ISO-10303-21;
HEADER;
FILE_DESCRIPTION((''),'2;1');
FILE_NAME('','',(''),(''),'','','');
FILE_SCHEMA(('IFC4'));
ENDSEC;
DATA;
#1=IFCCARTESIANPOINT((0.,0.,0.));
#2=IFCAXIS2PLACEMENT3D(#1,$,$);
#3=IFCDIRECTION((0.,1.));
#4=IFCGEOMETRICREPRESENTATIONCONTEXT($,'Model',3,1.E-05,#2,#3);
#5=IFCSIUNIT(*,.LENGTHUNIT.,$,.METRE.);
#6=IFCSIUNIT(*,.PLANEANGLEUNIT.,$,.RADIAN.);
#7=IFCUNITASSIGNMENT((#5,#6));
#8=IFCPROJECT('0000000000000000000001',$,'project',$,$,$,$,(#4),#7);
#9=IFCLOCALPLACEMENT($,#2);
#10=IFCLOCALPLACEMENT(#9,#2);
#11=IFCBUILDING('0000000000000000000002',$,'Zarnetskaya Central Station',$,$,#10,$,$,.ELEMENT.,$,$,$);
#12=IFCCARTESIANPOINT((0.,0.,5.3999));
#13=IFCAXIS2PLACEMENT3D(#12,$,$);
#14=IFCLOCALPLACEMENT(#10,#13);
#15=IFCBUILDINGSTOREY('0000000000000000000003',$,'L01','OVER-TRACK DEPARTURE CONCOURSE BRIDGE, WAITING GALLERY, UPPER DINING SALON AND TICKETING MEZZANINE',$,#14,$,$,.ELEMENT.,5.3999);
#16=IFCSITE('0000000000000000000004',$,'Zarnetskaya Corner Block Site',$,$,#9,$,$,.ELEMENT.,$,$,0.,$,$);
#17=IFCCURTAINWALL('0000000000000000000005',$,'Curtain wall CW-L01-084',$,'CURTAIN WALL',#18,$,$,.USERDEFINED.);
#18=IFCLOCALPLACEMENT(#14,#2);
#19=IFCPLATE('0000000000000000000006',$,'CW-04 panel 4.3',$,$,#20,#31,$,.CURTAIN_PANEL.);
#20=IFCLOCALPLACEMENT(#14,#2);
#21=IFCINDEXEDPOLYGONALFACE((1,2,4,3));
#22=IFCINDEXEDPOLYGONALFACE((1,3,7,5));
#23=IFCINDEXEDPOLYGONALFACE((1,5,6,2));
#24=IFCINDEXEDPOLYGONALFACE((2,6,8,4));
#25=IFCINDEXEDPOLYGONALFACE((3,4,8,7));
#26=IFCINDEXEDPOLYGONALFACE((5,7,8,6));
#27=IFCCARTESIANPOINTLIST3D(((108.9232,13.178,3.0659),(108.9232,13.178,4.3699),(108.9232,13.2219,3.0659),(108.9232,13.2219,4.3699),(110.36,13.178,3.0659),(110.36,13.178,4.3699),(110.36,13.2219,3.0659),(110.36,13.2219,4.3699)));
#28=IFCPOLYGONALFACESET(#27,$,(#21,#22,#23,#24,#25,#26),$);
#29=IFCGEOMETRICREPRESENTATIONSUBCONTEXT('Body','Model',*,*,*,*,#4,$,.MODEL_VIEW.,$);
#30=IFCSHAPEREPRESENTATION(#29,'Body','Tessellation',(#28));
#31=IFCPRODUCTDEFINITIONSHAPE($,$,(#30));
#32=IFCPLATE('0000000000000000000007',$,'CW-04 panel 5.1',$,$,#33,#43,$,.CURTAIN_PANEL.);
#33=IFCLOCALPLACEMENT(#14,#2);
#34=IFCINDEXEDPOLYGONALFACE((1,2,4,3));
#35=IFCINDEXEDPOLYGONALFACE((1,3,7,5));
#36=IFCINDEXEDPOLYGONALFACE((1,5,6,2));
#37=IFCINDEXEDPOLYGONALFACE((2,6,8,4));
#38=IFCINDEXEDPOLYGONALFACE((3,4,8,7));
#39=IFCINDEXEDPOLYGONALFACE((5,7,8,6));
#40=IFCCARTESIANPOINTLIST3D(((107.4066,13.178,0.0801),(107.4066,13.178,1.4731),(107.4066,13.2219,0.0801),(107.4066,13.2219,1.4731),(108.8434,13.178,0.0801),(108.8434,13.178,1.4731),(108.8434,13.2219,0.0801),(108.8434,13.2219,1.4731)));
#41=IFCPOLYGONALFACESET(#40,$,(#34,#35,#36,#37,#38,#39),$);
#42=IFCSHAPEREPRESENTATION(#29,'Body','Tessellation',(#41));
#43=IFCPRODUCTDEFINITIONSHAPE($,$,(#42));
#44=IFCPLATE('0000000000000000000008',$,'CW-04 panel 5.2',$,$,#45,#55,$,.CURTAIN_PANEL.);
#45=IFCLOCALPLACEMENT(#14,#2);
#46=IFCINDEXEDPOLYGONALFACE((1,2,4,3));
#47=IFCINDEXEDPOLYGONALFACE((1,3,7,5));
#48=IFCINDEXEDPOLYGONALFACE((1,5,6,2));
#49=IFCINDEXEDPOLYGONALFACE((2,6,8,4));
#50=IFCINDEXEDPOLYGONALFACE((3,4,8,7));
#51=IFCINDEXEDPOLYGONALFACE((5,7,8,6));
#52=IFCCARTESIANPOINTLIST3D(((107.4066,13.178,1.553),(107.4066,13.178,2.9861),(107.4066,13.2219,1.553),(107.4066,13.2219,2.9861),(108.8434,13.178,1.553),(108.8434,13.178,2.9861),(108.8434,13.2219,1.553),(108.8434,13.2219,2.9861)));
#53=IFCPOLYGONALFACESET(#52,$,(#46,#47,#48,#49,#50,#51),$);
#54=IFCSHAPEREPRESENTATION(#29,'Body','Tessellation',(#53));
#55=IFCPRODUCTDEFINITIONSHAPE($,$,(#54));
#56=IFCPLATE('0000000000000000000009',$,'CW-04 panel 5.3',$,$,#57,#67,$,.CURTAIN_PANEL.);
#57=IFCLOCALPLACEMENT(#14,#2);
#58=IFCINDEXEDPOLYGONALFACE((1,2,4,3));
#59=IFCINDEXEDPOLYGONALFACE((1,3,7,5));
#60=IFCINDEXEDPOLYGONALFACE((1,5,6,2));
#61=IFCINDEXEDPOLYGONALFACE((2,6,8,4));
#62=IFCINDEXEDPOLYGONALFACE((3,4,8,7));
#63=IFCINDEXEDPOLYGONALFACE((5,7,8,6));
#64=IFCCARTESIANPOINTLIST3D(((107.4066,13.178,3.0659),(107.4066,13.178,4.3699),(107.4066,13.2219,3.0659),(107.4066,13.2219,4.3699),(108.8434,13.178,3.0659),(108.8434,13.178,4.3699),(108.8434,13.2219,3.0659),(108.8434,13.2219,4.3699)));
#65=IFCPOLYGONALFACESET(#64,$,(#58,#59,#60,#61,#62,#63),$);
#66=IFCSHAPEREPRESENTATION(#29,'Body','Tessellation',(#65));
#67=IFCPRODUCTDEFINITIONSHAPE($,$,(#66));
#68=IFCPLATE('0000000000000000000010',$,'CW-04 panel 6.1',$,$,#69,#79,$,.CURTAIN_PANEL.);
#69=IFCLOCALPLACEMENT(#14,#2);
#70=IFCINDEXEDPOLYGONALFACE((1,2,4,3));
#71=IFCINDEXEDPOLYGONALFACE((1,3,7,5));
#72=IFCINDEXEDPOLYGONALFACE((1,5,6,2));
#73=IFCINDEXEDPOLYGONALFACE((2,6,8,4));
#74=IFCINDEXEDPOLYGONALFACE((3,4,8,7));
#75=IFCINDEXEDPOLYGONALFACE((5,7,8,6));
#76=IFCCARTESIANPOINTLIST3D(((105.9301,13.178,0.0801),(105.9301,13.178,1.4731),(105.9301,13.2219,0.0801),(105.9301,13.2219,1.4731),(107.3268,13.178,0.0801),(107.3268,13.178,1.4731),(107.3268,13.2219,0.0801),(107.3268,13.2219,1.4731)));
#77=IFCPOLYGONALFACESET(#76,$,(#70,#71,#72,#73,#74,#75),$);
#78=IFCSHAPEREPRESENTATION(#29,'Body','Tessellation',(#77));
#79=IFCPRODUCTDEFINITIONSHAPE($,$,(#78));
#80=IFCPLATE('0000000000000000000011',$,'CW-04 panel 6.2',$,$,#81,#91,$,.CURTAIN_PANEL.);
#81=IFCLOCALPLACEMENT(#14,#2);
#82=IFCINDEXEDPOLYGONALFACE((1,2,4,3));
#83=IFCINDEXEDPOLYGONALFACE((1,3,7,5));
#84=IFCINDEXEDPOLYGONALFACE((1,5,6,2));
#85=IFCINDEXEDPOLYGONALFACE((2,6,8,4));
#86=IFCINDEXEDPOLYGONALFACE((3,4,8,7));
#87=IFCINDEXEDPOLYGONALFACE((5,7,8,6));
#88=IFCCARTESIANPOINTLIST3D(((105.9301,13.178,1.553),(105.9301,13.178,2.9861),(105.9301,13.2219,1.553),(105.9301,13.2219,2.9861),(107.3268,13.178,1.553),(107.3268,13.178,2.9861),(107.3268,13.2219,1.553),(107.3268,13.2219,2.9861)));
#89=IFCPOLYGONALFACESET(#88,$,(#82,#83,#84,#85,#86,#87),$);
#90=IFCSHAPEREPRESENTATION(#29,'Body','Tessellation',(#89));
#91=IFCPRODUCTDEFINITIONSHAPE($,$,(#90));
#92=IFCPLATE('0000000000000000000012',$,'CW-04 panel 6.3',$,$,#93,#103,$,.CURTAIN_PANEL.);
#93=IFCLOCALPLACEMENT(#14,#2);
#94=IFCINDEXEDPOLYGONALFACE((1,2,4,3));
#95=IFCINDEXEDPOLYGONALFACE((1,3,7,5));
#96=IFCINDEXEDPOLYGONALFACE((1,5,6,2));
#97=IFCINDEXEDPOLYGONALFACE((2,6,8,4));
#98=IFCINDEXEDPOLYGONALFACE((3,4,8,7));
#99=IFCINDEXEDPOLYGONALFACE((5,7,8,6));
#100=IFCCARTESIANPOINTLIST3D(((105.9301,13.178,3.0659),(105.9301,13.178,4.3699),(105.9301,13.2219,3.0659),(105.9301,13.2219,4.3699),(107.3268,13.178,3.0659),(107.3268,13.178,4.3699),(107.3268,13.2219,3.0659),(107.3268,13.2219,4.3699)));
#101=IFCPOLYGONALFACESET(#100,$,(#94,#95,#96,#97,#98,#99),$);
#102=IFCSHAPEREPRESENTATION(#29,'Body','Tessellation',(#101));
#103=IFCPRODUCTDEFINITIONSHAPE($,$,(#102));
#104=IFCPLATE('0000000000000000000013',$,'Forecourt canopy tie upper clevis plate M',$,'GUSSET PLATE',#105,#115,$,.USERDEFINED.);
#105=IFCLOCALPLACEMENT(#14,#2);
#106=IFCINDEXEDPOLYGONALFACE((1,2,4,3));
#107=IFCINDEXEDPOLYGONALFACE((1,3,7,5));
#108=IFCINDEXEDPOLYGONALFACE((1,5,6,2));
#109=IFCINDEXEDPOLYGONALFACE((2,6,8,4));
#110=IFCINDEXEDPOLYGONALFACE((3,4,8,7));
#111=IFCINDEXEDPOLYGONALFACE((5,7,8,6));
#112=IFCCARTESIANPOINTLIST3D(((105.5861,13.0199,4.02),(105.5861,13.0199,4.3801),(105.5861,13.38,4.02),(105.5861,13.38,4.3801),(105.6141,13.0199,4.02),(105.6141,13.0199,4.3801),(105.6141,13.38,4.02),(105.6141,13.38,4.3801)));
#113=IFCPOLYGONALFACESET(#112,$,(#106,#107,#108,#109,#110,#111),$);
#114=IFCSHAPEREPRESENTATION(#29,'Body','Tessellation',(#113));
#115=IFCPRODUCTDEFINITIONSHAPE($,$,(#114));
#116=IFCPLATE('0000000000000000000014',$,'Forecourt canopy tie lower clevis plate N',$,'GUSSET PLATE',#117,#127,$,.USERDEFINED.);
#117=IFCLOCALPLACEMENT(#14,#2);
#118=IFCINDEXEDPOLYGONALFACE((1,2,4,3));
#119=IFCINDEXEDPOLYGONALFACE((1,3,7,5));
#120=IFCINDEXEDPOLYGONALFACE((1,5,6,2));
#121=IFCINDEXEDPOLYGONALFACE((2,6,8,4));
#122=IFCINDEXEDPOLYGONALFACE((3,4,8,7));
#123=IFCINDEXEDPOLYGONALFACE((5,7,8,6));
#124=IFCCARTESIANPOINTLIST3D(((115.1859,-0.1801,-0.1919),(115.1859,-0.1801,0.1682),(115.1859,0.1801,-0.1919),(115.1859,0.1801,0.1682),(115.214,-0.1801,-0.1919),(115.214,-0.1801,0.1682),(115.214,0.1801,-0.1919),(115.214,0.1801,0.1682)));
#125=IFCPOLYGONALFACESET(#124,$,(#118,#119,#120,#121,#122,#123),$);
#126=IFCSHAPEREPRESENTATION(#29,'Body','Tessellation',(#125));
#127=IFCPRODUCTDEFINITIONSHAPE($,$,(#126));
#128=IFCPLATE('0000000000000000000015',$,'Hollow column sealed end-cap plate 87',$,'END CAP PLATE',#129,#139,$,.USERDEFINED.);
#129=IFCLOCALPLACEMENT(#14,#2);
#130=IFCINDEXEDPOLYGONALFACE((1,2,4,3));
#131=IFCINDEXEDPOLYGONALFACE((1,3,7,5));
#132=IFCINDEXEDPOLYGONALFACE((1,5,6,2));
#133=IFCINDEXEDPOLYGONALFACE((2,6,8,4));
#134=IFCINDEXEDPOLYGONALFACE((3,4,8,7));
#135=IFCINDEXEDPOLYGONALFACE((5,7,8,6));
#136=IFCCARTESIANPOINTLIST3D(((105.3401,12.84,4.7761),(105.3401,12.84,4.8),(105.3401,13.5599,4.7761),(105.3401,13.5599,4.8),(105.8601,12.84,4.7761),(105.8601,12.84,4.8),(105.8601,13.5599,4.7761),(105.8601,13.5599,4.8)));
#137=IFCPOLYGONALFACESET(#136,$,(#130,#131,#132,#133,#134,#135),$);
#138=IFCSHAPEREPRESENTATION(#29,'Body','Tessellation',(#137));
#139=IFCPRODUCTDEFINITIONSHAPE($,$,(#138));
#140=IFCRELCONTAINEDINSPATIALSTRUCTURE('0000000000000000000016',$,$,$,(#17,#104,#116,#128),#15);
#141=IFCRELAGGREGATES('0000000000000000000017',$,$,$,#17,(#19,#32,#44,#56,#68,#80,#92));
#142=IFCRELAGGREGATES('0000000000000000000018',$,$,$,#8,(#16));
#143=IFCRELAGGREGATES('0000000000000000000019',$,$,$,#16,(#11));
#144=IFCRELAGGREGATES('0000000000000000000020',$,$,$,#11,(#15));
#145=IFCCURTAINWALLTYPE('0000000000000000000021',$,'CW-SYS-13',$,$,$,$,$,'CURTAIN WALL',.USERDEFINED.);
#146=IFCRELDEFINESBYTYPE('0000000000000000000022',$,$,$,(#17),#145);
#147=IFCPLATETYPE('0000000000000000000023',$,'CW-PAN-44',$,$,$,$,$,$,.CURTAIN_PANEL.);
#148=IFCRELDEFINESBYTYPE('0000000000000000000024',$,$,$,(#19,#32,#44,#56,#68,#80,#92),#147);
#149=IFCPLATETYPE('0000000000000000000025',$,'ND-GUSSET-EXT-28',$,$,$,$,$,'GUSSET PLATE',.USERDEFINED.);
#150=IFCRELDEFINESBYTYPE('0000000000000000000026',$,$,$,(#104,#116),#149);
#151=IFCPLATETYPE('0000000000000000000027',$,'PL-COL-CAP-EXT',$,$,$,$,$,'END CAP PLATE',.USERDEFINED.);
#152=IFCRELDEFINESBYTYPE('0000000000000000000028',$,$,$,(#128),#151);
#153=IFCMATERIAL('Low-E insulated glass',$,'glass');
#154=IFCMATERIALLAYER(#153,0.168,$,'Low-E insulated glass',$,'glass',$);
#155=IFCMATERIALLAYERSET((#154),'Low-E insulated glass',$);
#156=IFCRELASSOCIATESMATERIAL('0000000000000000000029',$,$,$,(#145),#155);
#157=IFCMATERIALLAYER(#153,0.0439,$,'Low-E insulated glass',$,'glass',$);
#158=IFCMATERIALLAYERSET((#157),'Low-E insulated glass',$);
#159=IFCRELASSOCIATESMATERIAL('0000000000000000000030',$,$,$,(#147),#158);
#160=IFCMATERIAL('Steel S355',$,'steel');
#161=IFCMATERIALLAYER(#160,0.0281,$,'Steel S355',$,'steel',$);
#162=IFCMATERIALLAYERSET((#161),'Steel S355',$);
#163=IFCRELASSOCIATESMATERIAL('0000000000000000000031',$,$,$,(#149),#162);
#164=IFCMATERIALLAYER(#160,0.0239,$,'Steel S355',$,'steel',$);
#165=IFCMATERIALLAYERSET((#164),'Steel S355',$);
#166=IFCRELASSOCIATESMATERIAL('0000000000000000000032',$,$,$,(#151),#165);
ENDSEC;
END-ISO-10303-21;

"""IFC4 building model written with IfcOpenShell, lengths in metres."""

from ifc_helpers import new_model, si_unit, direction, frame, origin, origin_2d, place, context, subcontext, project, spatial, rectangle, extrude, material, layer, layer_set, type_object, element, aggregate, save


model = new_model("IFC4")

# Units and contexts
model_context = context("Model", 3, precision=1e-05, world=origin(), true_north=direction((0.0, 1.0)))
body_context = subcontext(model_context, "Body", "Model", "MODEL_VIEW")
ifc_project = project(units=[si_unit("LENGTHUNIT", "METRE"), si_unit("PLANEANGLEUNIT", "RADIAN")], contexts=[model_context])

# Site, building, storey
site_placement = place(None, origin())
site = spatial("IfcSite", under=ifc_project, at=site_placement, Name="Zarnetskaya Corner Block Site", CompositionType="ELEMENT", RefElevation=0.0)
building_placement = place(site_placement, origin())
building = spatial("IfcBuilding", under=site, at=building_placement, Name="Zarnetskaya Central Station", CompositionType="ELEMENT")
storey_placement = place(building_placement, frame((0.0, 0.0, 5.3999)))
storey = spatial("IfcBuildingStorey", under=building, at=storey_placement, Name="L01", Description="OVER-TRACK DEPARTURE CONCOURSE BRIDGE, WAITING GALLERY, UPPER DINING SALON AND TICKETING MEZZANINE", CompositionType="ELEMENT", Elevation=5.3999)

# Shared definitions
ifc_material_1 = material(Name="Steel S355", Category="steel")

# Curtain wall
ifc_material_2 = material(Name="Low-E insulated glass", Category="glass")
ifc_layer_1 = layer(ifc_material_2, 0.168, Name="Low-E insulated glass", Category="glass")
ifc_layer_set_1 = layer_set([ifc_layer_1], Name="Low-E insulated glass")
curtain_wall_type = type_object("IfcCurtainWallType", Name="CW-SYS-13", ElementType="CURTAIN WALL", PredefinedType="USERDEFINED", material=ifc_layer_set_1)
curtain_wall_placement = place(storey_placement, origin())
curtain_wall = element("IfcCurtainWall", 1, at=curtain_wall_placement, inside=storey, type_object=curtain_wall_type, Name="Curtain wall CW-L01-084", ObjectType="CURTAIN WALL", PredefinedType="USERDEFINED")

# Plates
ifc_layer_2 = layer(ifc_material_2, 0.0439, Name="Low-E insulated glass", Category="glass")
ifc_layer_set_2 = layer_set([ifc_layer_2], Name="Low-E insulated glass")
plate_type_1 = type_object("IfcPlateType", Name="CW-PAN-44", PredefinedType="CURTAIN_PANEL", material=ifc_layer_set_2)
plate_1_placement = place(storey_placement, frame((109.6416, 13.2, 3.0659), z_axis=(0.0, 0.0, 1.0), x_axis=(-1.0, 0.0, 0.0)))
plate_1 = element("IfcPlate", 2, at=plate_1_placement, type_object=plate_type_1, Name="CW-04 panel 4.3", PredefinedType="CURTAIN_PANEL", context=body_context, shape_type="SweptSolid", body=[
    extrude(rectangle(XDim=1.4368, YDim=0.0439, at=origin_2d()), origin(), (0.0, 0.0, 1.0), 1.304),
])
plate_2_placement = place(storey_placement, frame((108.125, 13.2, 0.0801), z_axis=(0.0, 0.0, 1.0), x_axis=(-1.0, 0.0, 0.0)))
plate_2 = element("IfcPlate", 3, at=plate_2_placement, type_object=plate_type_1, Name="CW-04 panel 5.1", PredefinedType="CURTAIN_PANEL", context=body_context, shape_type="SweptSolid", body=[
    extrude(rectangle(XDim=1.4368, YDim=0.0439, at=origin_2d()), origin(), (0.0, 0.0, 1.0), 1.3931),
])
plate_3_placement = place(storey_placement, frame((108.125, 13.2, 1.553), z_axis=(0.0, 0.0, 1.0), x_axis=(-1.0, 0.0, 0.0)))
plate_3 = element("IfcPlate", 4, at=plate_3_placement, type_object=plate_type_1, Name="CW-04 panel 5.2", PredefinedType="CURTAIN_PANEL", context=body_context, shape_type="SweptSolid", body=[
    extrude(rectangle(XDim=1.4368, YDim=0.0439, at=origin_2d()), origin(), (0.0, 0.0, 1.0), 1.4331),
])
plate_4_placement = place(storey_placement, frame((108.125, 13.2, 3.0659), z_axis=(0.0, 0.0, 1.0), x_axis=(-1.0, 0.0, 0.0)))
plate_4 = element("IfcPlate", 5, at=plate_4_placement, type_object=plate_type_1, Name="CW-04 panel 5.3", PredefinedType="CURTAIN_PANEL", context=body_context, shape_type="SweptSolid", body=[
    extrude(rectangle(XDim=1.4368, YDim=0.0439, at=origin_2d()), origin(), (0.0, 0.0, 1.0), 1.304),
])
plate_5_placement = place(storey_placement, frame((106.6284, 13.2, 0.0801), z_axis=(0.0, 0.0, 1.0), x_axis=(-1.0, 0.0, 0.0)))
plate_5 = element("IfcPlate", 6, at=plate_5_placement, type_object=plate_type_1, Name="CW-04 panel 6.1", PredefinedType="CURTAIN_PANEL", context=body_context, shape_type="SweptSolid", body=[
    extrude(rectangle(XDim=1.3967, YDim=0.0439, at=origin_2d()), origin(), (0.0, 0.0, 1.0), 1.3931),
])
plate_6_placement = place(storey_placement, frame((106.6284, 13.2, 1.553), z_axis=(0.0, 0.0, 1.0), x_axis=(-1.0, 0.0, 0.0)))
plate_6 = element("IfcPlate", 7, at=plate_6_placement, type_object=plate_type_1, Name="CW-04 panel 6.2", PredefinedType="CURTAIN_PANEL", context=body_context, shape_type="SweptSolid", body=[
    extrude(rectangle(XDim=1.3967, YDim=0.0439, at=origin_2d()), origin(), (0.0, 0.0, 1.0), 1.4331),
])
plate_7_placement = place(storey_placement, frame((106.6284, 13.2, 3.0659), z_axis=(0.0, 0.0, 1.0), x_axis=(-1.0, 0.0, 0.0)))
plate_7 = element("IfcPlate", 8, at=plate_7_placement, type_object=plate_type_1, Name="CW-04 panel 6.3", PredefinedType="CURTAIN_PANEL", context=body_context, shape_type="SweptSolid", body=[
    extrude(rectangle(XDim=1.3967, YDim=0.0439, at=origin_2d()), origin(), (0.0, 0.0, 1.0), 1.304),
])
aggregate(curtain_wall, [plate_1, plate_2, plate_3, plate_4, plate_5, plate_6, plate_7])

# Plates
ifc_layer_3 = layer(ifc_material_1, 0.0281, Name="Steel S355", Category="steel")
ifc_layer_set_3 = layer_set([ifc_layer_3], Name="Steel S355")
plate_type_2 = type_object("IfcPlateType", Name="ND-GUSSET-EXT-28", ElementType="GUSSET PLATE", PredefinedType="USERDEFINED", material=ifc_layer_set_3)
for number, where, z_axis, x_axis, name in (
    (9, (105.6001, 13.2, 4.02), (0.0, 0.0, 1.0), (1.0, 0.0, 0.0), "Forecourt canopy tie upper clevis plate M"),
    (10, (115.2, 0.0, -0.1919), (0.0, 0.0, 1.0), (1.0, 0.0, 0.0), "Forecourt canopy tie lower clevis plate N"),
):
    element("IfcPlate", number, at=place(storey_placement, frame(where, z_axis=z_axis, x_axis=x_axis)), inside=storey, type_object=plate_type_2, Name=name, ObjectType="GUSSET PLATE", PredefinedType="USERDEFINED", context=body_context, shape_type="SweptSolid", body=[
        extrude(rectangle(XDim=0.0281, YDim=0.3601, at=origin_2d()), origin(), (0.0, 0.0, 1.0), 0.3601),
    ])
ifc_layer_4 = layer(ifc_material_1, 0.0239, Name="Steel S355", Category="steel")
ifc_layer_set_4 = layer_set([ifc_layer_4], Name="Steel S355")
plate_type_3 = type_object("IfcPlateType", Name="PL-COL-CAP-EXT", ElementType="END CAP PLATE", PredefinedType="USERDEFINED", material=ifc_layer_set_4)
plate_8_placement = place(storey_placement, frame((105.6001, 13.2, 4.7761), z_axis=(0.0, 0.0, 1.0), x_axis=(1.0, 0.0, 0.0)))
element("IfcPlate", 11, at=plate_8_placement, inside=storey, type_object=plate_type_3, Name="Hollow column sealed end-cap plate 87", ObjectType="END CAP PLATE", PredefinedType="USERDEFINED", context=body_context, shape_type="SweptSolid", body=[
    extrude(rectangle(XDim=0.52, YDim=0.72, at=origin_2d()), origin(), (0.0, 0.0, 1.0), 0.0239),
])

save(model, "model.ifc")
